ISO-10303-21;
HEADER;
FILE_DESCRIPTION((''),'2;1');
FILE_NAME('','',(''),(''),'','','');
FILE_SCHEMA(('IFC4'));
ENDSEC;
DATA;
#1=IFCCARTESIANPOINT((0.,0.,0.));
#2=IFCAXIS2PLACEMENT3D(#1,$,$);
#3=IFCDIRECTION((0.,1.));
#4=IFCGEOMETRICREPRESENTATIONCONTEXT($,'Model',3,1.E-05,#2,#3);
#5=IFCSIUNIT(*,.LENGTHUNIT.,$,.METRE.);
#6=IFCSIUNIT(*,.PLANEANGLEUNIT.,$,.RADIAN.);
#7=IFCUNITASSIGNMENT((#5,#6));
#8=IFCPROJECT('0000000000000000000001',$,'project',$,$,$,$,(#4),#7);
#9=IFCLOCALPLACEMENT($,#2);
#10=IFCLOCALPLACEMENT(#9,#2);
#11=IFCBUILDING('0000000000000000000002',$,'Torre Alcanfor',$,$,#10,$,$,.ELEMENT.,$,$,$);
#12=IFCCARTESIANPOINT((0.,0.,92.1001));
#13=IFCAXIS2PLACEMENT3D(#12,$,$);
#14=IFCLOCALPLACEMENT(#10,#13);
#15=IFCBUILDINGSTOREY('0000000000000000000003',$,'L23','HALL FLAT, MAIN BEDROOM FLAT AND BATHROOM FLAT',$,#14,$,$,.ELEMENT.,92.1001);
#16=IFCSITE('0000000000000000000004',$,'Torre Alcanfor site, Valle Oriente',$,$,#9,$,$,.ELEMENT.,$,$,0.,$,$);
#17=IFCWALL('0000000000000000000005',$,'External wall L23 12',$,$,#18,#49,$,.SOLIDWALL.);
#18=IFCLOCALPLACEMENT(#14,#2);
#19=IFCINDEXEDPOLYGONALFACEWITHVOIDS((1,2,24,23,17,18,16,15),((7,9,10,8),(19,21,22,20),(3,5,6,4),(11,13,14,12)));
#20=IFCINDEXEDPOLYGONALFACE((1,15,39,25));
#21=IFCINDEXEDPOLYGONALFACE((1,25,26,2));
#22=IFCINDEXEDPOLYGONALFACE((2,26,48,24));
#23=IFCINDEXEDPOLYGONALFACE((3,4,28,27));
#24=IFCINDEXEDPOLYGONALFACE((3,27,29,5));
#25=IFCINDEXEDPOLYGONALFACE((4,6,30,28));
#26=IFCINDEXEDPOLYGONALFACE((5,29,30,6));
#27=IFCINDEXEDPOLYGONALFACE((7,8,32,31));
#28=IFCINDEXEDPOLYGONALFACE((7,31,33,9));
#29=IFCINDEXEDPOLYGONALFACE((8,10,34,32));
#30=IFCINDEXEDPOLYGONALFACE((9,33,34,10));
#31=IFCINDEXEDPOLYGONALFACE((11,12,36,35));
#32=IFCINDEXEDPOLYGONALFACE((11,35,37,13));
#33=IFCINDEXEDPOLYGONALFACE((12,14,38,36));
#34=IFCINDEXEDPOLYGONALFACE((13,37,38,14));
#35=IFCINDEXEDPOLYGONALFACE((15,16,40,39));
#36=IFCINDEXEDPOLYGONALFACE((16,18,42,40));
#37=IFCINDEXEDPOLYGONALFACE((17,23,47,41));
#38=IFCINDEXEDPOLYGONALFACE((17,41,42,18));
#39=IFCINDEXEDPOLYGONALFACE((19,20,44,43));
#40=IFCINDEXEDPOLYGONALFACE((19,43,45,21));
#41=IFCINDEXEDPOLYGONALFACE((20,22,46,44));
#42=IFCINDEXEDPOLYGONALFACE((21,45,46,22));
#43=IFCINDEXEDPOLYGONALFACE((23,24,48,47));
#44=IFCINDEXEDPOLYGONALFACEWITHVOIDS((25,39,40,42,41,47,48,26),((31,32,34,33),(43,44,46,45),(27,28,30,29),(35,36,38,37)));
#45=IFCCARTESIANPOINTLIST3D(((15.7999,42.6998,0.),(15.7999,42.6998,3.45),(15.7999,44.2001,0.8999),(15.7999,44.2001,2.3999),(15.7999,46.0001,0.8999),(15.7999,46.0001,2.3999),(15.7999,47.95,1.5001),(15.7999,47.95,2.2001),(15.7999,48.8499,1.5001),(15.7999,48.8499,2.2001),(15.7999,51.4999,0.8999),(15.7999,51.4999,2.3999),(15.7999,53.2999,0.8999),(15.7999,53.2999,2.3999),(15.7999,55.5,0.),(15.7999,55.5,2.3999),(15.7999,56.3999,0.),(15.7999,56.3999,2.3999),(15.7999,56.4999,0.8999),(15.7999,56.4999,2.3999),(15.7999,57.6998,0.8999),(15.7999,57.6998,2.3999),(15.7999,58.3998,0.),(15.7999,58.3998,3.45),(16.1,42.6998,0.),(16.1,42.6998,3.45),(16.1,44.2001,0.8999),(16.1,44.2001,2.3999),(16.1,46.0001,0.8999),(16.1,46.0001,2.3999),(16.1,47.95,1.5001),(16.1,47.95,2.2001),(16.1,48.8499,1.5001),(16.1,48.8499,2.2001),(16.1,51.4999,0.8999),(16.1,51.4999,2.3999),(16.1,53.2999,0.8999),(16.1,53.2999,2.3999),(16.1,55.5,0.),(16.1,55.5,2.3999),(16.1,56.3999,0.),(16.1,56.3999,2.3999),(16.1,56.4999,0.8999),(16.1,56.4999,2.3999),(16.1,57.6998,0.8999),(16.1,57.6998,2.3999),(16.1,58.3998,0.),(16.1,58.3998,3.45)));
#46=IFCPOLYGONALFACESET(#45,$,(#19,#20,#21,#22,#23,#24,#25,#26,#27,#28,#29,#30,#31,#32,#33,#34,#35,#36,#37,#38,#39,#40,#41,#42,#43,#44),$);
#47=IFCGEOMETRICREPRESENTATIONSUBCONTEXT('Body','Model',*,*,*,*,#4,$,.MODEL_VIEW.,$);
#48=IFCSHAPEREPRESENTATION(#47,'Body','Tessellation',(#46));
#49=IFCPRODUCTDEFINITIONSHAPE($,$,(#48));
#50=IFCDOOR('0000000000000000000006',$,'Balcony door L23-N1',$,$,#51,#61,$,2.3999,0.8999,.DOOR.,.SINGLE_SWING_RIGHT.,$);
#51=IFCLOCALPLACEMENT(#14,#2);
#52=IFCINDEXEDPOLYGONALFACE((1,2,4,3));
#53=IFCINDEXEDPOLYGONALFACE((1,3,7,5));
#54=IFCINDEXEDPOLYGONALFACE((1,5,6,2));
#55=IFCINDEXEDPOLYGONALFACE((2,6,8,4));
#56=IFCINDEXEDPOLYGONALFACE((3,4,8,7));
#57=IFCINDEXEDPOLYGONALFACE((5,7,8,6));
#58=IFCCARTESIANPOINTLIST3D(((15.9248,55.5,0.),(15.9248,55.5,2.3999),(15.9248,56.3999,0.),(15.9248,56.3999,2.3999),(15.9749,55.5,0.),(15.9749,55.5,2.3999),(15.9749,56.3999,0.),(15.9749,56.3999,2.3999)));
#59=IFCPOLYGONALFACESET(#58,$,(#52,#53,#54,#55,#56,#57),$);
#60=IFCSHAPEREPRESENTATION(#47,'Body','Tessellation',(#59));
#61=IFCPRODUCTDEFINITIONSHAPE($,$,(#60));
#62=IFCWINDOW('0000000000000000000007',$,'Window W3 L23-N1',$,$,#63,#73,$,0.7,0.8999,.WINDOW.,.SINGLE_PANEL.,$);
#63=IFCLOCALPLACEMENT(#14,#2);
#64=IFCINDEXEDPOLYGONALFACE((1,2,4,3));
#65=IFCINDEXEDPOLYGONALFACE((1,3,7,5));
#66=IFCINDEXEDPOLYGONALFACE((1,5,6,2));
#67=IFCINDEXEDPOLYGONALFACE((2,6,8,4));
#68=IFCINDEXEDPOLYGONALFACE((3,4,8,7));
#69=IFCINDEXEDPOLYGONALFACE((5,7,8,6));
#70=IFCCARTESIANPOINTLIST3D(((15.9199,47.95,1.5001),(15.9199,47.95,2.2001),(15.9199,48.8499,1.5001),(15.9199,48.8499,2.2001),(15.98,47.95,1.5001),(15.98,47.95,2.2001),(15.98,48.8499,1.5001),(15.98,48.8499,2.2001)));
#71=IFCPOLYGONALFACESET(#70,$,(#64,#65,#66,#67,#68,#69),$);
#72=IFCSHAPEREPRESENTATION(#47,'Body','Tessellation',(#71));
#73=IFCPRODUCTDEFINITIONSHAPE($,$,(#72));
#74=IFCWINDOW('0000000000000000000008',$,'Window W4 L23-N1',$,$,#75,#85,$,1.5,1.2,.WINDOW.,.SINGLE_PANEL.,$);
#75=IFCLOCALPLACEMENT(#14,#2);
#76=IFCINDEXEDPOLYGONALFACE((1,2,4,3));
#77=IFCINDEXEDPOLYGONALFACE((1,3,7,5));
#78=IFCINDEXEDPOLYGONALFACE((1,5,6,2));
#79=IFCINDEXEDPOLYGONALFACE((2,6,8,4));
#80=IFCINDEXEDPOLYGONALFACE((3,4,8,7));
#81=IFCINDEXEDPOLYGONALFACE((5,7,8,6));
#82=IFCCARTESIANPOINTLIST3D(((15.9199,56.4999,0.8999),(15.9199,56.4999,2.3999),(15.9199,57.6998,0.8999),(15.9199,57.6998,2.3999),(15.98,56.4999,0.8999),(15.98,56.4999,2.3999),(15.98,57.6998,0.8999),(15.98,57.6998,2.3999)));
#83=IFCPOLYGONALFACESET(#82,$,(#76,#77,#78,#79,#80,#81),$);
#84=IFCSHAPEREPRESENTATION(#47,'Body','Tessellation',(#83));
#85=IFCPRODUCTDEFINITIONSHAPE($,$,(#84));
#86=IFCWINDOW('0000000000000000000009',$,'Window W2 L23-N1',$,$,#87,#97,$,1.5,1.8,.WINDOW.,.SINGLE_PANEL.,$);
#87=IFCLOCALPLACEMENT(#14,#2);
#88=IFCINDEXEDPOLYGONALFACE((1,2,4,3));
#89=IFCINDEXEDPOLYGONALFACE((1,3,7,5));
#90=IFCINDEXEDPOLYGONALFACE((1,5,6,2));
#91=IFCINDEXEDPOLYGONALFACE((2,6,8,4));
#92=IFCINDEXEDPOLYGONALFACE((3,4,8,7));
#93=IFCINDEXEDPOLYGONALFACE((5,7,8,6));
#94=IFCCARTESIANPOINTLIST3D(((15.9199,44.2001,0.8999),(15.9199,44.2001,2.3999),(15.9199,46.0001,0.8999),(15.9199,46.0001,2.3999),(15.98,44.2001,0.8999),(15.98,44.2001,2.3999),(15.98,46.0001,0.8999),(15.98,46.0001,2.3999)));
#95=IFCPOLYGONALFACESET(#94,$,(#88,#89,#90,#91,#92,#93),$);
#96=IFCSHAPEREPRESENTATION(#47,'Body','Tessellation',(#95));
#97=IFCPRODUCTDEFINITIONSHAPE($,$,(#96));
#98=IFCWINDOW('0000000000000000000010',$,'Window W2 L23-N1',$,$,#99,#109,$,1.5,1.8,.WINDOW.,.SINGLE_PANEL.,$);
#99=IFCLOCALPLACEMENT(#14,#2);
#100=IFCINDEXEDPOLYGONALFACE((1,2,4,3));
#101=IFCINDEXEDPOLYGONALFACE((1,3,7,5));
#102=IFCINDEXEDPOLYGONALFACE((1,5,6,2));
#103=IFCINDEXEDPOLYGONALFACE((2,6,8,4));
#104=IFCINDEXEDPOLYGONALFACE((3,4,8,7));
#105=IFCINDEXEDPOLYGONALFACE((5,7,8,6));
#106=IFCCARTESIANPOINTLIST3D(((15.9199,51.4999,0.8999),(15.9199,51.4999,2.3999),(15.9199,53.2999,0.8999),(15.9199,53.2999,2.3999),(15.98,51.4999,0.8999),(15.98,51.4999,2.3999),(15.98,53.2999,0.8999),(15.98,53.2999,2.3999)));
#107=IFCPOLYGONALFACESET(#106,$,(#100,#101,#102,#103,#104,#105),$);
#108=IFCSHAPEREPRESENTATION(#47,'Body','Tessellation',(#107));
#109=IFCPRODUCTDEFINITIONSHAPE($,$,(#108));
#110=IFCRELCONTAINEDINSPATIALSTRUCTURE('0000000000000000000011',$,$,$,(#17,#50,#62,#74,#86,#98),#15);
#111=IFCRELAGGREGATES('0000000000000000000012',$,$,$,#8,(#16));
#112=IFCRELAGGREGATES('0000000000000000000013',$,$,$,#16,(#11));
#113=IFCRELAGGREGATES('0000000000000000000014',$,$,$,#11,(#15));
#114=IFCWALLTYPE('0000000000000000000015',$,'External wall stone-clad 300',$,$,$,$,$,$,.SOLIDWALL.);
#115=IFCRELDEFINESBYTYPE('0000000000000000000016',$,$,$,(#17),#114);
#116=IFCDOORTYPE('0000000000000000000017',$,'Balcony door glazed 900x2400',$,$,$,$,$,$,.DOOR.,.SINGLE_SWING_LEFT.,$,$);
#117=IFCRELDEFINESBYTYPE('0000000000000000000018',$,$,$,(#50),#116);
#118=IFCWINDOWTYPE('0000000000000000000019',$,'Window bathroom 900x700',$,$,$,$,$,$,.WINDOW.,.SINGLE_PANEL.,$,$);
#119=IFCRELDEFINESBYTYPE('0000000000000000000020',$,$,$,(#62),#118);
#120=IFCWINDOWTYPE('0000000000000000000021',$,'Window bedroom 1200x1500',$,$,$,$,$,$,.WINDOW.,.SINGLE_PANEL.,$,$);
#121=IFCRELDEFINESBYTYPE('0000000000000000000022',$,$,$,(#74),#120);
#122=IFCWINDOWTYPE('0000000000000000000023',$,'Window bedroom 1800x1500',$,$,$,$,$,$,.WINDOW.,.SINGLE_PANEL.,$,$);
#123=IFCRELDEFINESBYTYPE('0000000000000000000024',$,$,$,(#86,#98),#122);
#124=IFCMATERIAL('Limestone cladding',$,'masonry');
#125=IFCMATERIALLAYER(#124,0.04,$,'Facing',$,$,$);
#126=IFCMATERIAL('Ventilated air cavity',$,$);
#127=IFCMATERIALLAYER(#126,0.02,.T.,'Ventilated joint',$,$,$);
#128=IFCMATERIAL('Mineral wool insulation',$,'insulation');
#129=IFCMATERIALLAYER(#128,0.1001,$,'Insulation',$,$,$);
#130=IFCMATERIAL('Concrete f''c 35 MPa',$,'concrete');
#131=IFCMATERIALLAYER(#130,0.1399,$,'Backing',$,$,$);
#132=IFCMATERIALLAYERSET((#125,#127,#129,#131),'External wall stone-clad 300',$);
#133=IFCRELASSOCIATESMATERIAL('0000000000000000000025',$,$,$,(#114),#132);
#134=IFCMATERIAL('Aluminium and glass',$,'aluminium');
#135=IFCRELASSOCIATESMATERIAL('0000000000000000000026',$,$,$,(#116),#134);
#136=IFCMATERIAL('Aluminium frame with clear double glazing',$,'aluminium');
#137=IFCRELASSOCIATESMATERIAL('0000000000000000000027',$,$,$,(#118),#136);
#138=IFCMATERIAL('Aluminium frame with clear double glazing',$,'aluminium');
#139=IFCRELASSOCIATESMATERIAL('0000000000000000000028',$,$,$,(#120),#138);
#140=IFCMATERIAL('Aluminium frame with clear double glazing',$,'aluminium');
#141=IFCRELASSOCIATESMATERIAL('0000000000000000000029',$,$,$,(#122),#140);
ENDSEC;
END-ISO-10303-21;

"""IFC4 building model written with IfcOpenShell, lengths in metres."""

from ifc_helpers import new_model, si_unit, direction, frame, frame_2d, origin, place, context, subcontext, project, spatial, rectangle, extrude, material, layer, layer_set, type_object, element, fill, save


model = new_model("IFC4")

# Units and contexts
model_context = context("Model", 3, precision=1e-05, world=origin(), true_north=direction((0.0, 1.0)))
body_context = subcontext(model_context, "Body", "Model", "MODEL_VIEW")
ifc_project = project(units=[si_unit("LENGTHUNIT", "METRE"), si_unit("PLANEANGLEUNIT", "RADIAN")], contexts=[model_context])

# Site, building, storey
site_placement = place(None, origin())
site = spatial("IfcSite", under=ifc_project, at=site_placement, Name="Torre Alcanfor site, Valle Oriente", CompositionType="ELEMENT", RefElevation=0.0)
building_placement = place(site_placement, origin())
building = spatial("IfcBuilding", under=site, at=building_placement, Name="Torre Alcanfor", CompositionType="ELEMENT")
storey_placement = place(building_placement, frame((0.0, 0.0, 92.1001)))
storey = spatial("IfcBuildingStorey", under=building, at=storey_placement, Name="L23", Description="HALL FLAT, MAIN BEDROOM FLAT AND BATHROOM FLAT", CompositionType="ELEMENT", Elevation=92.1001)

# Wall, openings, door, windows
ifc_material_1 = material(Name="Limestone cladding", Category="masonry")
ifc_layer_1 = layer(ifc_material_1, 0.04, Name="Facing")
ifc_material_2 = material(Name="Ventilated air cavity")
ifc_layer_2 = layer(ifc_material_2, 0.02, ventilated=True, Name="Ventilated joint")
ifc_material_3 = material(Name="Mineral wool insulation", Category="insulation")
ifc_layer_3 = layer(ifc_material_3, 0.1001, Name="Insulation")
ifc_material_4 = material(Name="Concrete f'c 35 MPa", Category="concrete")
ifc_layer_4 = layer(ifc_material_4, 0.1399, Name="Backing")
ifc_layer_set_1 = layer_set([ifc_layer_1, ifc_layer_2, ifc_layer_3, ifc_layer_4], Name="External wall stone-clad 300")
wall_type_1 = type_object("IfcWallType", Name="External wall stone-clad 300", PredefinedType="SOLIDWALL", material=ifc_layer_set_1)
ifc_material_5 = material(Name="Aluminium and glass", Category="aluminium")
door_type = type_object("IfcDoorType", Name="Balcony door glazed 900x2400", OperationType="SINGLE_SWING_LEFT", PredefinedType="DOOR", material=ifc_material_5)
ifc_material_6 = material(Name="Aluminium frame with clear double glazing", Category="aluminium")
window_type_1 = type_object("IfcWindowType", Name="Window bathroom 900x700", PartitioningType="SINGLE_PANEL", PredefinedType="WINDOW", material=ifc_material_6)
ifc_material_7 = material(Name="Aluminium frame with clear double glazing", Category="aluminium")
window_type_2 = type_object("IfcWindowType", Name="Window bedroom 1200x1500", PartitioningType="SINGLE_PANEL", PredefinedType="WINDOW", material=ifc_material_7)
ifc_material_8 = material(Name="Aluminium frame with clear double glazing", Category="aluminium")
window_type_3 = type_object("IfcWindowType", Name="Window bedroom 1800x1500", PartitioningType="SINGLE_PANEL", PredefinedType="WINDOW", material=ifc_material_8)
wall_1_placement = place(storey_placement, frame((15.95, 58.3999, 0.0), z_axis=(0.0, 0.0, 1.0), x_axis=(0.0, -1.0, 0.0)))
wall_1 = element("IfcWall", 1, at=wall_1_placement, inside=storey, type_object=wall_type_1, Name="External wall L23 12", PredefinedType="SOLIDWALL", context=body_context, shape_type="SweptSolid", body=[
    extrude(rectangle(XDim=15.7, YDim=0.3, at=frame_2d((7.8501, 0.0))), origin(), (0.0, 0.0, 1.0), 3.45),
])
opening_1_placement = place(wall_1_placement, frame((12.3999, 0.0, 0.8999)))
opening_1 = element("IfcOpeningElement", 2, at=opening_1_placement, cuts=wall_1, PredefinedType="OPENING", context=body_context, shape_type="SweptSolid", body=[
    extrude(rectangle(XDim=1.8, YDim=1.5, at=frame_2d((0.8999, 0.75))), frame((0.0, 0.1599, 0.0), z_axis=(0.0, -1.0, 0.0), x_axis=(1.0, 0.0, 0.0)), (0.0, 0.0, 1.0), 0.3201),
])
opening_2_placement = place(wall_1_placement, frame((9.55, 0.0, 1.5)))
opening_2 = element("IfcOpeningElement", 3, at=opening_2_placement, cuts=wall_1, PredefinedType="OPENING", context=body_context, shape_type="SweptSolid", body=[
    extrude(rectangle(XDim=0.8999, YDim=0.7, at=frame_2d((0.45, 0.3501))), frame((0.0, 0.1599, 0.0), z_axis=(0.0, -1.0, 0.0), x_axis=(1.0, 0.0, 0.0)), (0.0, 0.0, 1.0), 0.3201),
])
opening_3_placement = place(wall_1_placement, frame((5.1001, 0.0, 0.8999)))
opening_3 = element("IfcOpeningElement", 4, at=opening_3_placement, cuts=wall_1, PredefinedType="OPENING", context=body_context, shape_type="SweptSolid", body=[
    extrude(rectangle(XDim=1.8, YDim=1.5, at=frame_2d((0.8999, 0.75))), frame((0.0, 0.1599, 0.0), z_axis=(0.0, -1.0, 0.0), x_axis=(1.0, 0.0, 0.0)), (0.0, 0.0, 1.0), 0.3201),
])
opening_4_placement = place(wall_1_placement, frame((2.0, 0.0, 0.0)))
opening_4 = element("IfcOpeningElement", 5, at=opening_4_placement, cuts=wall_1, PredefinedType="OPENING", context=body_context, shape_type="SweptSolid", body=[
    extrude(rectangle(XDim=0.8999, YDim=2.3999, at=frame_2d((0.45, 1.2))), frame((0.0, 0.1599, 0.0), z_axis=(0.0, -1.0, 0.0), x_axis=(1.0, 0.0, 0.0)), (0.0, 0.0, 1.0), 0.3201),
])
opening_5_placement = place(wall_1_placement, frame((0.7, 0.0, 0.8999)))
opening_5 = element("IfcOpeningElement", 6, at=opening_5_placement, cuts=wall_1, PredefinedType="OPENING", context=body_context, shape_type="SweptSolid", body=[
    extrude(rectangle(XDim=1.2, YDim=1.5, at=frame_2d((0.6001, 0.75))), frame((0.0, 0.1599, 0.0), z_axis=(0.0, -1.0, 0.0), x_axis=(1.0, 0.0, 0.0)), (0.0, 0.0, 1.0), 0.3201),
])
door_1_placement = place(opening_4_placement, origin())
door_1 = element("IfcDoor", 7, at=door_1_placement, inside=storey, type_object=door_type, Name="Balcony door L23-N1", OperationType="SINGLE_SWING_RIGHT", OverallHeight=2.3999, OverallWidth=0.8999, PredefinedType="DOOR", context=body_context, shape_type="SweptSolid", body=[
    extrude(rectangle(XDim=0.8999, YDim=2.3999, at=frame_2d((0.45, 1.2))), frame((0.0, 0.0249, 0.0), z_axis=(0.0, -1.0, 0.0), x_axis=(1.0, 0.0, 0.0)), (0.0, 0.0, 1.0), 0.05),
])
fill(opening_4, door_1)
window_1_placement = place(opening_2_placement, origin())
window_1 = element("IfcWindow", 8, at=window_1_placement, inside=storey, type_object=window_type_1, Name="Window W3 L23-N1", OverallHeight=0.7, OverallWidth=0.8999, PartitioningType="SINGLE_PANEL", PredefinedType="WINDOW", context=body_context, shape_type="SweptSolid", body=[
    extrude(rectangle(XDim=0.8999, YDim=0.7, at=frame_2d((0.45, 0.3501))), frame((0.0, 0.03, 0.0), z_axis=(0.0, -1.0, 0.0), x_axis=(1.0, 0.0, 0.0)), (0.0, 0.0, 1.0), 0.0601),
])
fill(opening_2, window_1)
window_2_placement = place(opening_5_placement, origin())
window_2 = element("IfcWindow", 9, at=window_2_placement, inside=storey, type_object=window_type_2, Name="Window W4 L23-N1", OverallHeight=1.5, OverallWidth=1.2, PartitioningType="SINGLE_PANEL", PredefinedType="WINDOW", context=body_context, shape_type="SweptSolid", body=[
    extrude(rectangle(XDim=1.2, YDim=1.5, at=frame_2d((0.6001, 0.75))), frame((0.0, 0.03, 0.0), z_axis=(0.0, -1.0, 0.0), x_axis=(1.0, 0.0, 0.0)), (0.0, 0.0, 1.0), 0.0601),
])
fill(opening_5, window_2)
window_3_placement = place(opening_1_placement, origin())
window_3 = element("IfcWindow", 10, at=window_3_placement, inside=storey, type_object=window_type_3, Name="Window W2 L23-N1", OverallHeight=1.5, OverallWidth=1.8, PartitioningType="SINGLE_PANEL", PredefinedType="WINDOW", context=body_context, shape_type="SweptSolid", body=[
    extrude(rectangle(XDim=1.8, YDim=1.5, at=frame_2d((0.8999, 0.75))), frame((0.0, 0.03, 0.0), z_axis=(0.0, -1.0, 0.0), x_axis=(1.0, 0.0, 0.0)), (0.0, 0.0, 1.0), 0.0601),
])
fill(opening_1, window_3)
window_4_placement = place(opening_3_placement, origin())
window_4 = element("IfcWindow", 11, at=window_4_placement, inside=storey, type_object=window_type_3, Name="Window W2 L23-N1", OverallHeight=1.5, OverallWidth=1.8, PartitioningType="SINGLE_PANEL", PredefinedType="WINDOW", context=body_context, shape_type="SweptSolid", body=[
    extrude(rectangle(XDim=1.8, YDim=1.5, at=frame_2d((0.8999, 0.75))), frame((0.0, 0.03, 0.0), z_axis=(0.0, -1.0, 0.0), x_axis=(1.0, 0.0, 0.0)), (0.0, 0.0, 1.0), 0.0601),
])
fill(opening_3, window_4)

save(model, "model.ifc")
